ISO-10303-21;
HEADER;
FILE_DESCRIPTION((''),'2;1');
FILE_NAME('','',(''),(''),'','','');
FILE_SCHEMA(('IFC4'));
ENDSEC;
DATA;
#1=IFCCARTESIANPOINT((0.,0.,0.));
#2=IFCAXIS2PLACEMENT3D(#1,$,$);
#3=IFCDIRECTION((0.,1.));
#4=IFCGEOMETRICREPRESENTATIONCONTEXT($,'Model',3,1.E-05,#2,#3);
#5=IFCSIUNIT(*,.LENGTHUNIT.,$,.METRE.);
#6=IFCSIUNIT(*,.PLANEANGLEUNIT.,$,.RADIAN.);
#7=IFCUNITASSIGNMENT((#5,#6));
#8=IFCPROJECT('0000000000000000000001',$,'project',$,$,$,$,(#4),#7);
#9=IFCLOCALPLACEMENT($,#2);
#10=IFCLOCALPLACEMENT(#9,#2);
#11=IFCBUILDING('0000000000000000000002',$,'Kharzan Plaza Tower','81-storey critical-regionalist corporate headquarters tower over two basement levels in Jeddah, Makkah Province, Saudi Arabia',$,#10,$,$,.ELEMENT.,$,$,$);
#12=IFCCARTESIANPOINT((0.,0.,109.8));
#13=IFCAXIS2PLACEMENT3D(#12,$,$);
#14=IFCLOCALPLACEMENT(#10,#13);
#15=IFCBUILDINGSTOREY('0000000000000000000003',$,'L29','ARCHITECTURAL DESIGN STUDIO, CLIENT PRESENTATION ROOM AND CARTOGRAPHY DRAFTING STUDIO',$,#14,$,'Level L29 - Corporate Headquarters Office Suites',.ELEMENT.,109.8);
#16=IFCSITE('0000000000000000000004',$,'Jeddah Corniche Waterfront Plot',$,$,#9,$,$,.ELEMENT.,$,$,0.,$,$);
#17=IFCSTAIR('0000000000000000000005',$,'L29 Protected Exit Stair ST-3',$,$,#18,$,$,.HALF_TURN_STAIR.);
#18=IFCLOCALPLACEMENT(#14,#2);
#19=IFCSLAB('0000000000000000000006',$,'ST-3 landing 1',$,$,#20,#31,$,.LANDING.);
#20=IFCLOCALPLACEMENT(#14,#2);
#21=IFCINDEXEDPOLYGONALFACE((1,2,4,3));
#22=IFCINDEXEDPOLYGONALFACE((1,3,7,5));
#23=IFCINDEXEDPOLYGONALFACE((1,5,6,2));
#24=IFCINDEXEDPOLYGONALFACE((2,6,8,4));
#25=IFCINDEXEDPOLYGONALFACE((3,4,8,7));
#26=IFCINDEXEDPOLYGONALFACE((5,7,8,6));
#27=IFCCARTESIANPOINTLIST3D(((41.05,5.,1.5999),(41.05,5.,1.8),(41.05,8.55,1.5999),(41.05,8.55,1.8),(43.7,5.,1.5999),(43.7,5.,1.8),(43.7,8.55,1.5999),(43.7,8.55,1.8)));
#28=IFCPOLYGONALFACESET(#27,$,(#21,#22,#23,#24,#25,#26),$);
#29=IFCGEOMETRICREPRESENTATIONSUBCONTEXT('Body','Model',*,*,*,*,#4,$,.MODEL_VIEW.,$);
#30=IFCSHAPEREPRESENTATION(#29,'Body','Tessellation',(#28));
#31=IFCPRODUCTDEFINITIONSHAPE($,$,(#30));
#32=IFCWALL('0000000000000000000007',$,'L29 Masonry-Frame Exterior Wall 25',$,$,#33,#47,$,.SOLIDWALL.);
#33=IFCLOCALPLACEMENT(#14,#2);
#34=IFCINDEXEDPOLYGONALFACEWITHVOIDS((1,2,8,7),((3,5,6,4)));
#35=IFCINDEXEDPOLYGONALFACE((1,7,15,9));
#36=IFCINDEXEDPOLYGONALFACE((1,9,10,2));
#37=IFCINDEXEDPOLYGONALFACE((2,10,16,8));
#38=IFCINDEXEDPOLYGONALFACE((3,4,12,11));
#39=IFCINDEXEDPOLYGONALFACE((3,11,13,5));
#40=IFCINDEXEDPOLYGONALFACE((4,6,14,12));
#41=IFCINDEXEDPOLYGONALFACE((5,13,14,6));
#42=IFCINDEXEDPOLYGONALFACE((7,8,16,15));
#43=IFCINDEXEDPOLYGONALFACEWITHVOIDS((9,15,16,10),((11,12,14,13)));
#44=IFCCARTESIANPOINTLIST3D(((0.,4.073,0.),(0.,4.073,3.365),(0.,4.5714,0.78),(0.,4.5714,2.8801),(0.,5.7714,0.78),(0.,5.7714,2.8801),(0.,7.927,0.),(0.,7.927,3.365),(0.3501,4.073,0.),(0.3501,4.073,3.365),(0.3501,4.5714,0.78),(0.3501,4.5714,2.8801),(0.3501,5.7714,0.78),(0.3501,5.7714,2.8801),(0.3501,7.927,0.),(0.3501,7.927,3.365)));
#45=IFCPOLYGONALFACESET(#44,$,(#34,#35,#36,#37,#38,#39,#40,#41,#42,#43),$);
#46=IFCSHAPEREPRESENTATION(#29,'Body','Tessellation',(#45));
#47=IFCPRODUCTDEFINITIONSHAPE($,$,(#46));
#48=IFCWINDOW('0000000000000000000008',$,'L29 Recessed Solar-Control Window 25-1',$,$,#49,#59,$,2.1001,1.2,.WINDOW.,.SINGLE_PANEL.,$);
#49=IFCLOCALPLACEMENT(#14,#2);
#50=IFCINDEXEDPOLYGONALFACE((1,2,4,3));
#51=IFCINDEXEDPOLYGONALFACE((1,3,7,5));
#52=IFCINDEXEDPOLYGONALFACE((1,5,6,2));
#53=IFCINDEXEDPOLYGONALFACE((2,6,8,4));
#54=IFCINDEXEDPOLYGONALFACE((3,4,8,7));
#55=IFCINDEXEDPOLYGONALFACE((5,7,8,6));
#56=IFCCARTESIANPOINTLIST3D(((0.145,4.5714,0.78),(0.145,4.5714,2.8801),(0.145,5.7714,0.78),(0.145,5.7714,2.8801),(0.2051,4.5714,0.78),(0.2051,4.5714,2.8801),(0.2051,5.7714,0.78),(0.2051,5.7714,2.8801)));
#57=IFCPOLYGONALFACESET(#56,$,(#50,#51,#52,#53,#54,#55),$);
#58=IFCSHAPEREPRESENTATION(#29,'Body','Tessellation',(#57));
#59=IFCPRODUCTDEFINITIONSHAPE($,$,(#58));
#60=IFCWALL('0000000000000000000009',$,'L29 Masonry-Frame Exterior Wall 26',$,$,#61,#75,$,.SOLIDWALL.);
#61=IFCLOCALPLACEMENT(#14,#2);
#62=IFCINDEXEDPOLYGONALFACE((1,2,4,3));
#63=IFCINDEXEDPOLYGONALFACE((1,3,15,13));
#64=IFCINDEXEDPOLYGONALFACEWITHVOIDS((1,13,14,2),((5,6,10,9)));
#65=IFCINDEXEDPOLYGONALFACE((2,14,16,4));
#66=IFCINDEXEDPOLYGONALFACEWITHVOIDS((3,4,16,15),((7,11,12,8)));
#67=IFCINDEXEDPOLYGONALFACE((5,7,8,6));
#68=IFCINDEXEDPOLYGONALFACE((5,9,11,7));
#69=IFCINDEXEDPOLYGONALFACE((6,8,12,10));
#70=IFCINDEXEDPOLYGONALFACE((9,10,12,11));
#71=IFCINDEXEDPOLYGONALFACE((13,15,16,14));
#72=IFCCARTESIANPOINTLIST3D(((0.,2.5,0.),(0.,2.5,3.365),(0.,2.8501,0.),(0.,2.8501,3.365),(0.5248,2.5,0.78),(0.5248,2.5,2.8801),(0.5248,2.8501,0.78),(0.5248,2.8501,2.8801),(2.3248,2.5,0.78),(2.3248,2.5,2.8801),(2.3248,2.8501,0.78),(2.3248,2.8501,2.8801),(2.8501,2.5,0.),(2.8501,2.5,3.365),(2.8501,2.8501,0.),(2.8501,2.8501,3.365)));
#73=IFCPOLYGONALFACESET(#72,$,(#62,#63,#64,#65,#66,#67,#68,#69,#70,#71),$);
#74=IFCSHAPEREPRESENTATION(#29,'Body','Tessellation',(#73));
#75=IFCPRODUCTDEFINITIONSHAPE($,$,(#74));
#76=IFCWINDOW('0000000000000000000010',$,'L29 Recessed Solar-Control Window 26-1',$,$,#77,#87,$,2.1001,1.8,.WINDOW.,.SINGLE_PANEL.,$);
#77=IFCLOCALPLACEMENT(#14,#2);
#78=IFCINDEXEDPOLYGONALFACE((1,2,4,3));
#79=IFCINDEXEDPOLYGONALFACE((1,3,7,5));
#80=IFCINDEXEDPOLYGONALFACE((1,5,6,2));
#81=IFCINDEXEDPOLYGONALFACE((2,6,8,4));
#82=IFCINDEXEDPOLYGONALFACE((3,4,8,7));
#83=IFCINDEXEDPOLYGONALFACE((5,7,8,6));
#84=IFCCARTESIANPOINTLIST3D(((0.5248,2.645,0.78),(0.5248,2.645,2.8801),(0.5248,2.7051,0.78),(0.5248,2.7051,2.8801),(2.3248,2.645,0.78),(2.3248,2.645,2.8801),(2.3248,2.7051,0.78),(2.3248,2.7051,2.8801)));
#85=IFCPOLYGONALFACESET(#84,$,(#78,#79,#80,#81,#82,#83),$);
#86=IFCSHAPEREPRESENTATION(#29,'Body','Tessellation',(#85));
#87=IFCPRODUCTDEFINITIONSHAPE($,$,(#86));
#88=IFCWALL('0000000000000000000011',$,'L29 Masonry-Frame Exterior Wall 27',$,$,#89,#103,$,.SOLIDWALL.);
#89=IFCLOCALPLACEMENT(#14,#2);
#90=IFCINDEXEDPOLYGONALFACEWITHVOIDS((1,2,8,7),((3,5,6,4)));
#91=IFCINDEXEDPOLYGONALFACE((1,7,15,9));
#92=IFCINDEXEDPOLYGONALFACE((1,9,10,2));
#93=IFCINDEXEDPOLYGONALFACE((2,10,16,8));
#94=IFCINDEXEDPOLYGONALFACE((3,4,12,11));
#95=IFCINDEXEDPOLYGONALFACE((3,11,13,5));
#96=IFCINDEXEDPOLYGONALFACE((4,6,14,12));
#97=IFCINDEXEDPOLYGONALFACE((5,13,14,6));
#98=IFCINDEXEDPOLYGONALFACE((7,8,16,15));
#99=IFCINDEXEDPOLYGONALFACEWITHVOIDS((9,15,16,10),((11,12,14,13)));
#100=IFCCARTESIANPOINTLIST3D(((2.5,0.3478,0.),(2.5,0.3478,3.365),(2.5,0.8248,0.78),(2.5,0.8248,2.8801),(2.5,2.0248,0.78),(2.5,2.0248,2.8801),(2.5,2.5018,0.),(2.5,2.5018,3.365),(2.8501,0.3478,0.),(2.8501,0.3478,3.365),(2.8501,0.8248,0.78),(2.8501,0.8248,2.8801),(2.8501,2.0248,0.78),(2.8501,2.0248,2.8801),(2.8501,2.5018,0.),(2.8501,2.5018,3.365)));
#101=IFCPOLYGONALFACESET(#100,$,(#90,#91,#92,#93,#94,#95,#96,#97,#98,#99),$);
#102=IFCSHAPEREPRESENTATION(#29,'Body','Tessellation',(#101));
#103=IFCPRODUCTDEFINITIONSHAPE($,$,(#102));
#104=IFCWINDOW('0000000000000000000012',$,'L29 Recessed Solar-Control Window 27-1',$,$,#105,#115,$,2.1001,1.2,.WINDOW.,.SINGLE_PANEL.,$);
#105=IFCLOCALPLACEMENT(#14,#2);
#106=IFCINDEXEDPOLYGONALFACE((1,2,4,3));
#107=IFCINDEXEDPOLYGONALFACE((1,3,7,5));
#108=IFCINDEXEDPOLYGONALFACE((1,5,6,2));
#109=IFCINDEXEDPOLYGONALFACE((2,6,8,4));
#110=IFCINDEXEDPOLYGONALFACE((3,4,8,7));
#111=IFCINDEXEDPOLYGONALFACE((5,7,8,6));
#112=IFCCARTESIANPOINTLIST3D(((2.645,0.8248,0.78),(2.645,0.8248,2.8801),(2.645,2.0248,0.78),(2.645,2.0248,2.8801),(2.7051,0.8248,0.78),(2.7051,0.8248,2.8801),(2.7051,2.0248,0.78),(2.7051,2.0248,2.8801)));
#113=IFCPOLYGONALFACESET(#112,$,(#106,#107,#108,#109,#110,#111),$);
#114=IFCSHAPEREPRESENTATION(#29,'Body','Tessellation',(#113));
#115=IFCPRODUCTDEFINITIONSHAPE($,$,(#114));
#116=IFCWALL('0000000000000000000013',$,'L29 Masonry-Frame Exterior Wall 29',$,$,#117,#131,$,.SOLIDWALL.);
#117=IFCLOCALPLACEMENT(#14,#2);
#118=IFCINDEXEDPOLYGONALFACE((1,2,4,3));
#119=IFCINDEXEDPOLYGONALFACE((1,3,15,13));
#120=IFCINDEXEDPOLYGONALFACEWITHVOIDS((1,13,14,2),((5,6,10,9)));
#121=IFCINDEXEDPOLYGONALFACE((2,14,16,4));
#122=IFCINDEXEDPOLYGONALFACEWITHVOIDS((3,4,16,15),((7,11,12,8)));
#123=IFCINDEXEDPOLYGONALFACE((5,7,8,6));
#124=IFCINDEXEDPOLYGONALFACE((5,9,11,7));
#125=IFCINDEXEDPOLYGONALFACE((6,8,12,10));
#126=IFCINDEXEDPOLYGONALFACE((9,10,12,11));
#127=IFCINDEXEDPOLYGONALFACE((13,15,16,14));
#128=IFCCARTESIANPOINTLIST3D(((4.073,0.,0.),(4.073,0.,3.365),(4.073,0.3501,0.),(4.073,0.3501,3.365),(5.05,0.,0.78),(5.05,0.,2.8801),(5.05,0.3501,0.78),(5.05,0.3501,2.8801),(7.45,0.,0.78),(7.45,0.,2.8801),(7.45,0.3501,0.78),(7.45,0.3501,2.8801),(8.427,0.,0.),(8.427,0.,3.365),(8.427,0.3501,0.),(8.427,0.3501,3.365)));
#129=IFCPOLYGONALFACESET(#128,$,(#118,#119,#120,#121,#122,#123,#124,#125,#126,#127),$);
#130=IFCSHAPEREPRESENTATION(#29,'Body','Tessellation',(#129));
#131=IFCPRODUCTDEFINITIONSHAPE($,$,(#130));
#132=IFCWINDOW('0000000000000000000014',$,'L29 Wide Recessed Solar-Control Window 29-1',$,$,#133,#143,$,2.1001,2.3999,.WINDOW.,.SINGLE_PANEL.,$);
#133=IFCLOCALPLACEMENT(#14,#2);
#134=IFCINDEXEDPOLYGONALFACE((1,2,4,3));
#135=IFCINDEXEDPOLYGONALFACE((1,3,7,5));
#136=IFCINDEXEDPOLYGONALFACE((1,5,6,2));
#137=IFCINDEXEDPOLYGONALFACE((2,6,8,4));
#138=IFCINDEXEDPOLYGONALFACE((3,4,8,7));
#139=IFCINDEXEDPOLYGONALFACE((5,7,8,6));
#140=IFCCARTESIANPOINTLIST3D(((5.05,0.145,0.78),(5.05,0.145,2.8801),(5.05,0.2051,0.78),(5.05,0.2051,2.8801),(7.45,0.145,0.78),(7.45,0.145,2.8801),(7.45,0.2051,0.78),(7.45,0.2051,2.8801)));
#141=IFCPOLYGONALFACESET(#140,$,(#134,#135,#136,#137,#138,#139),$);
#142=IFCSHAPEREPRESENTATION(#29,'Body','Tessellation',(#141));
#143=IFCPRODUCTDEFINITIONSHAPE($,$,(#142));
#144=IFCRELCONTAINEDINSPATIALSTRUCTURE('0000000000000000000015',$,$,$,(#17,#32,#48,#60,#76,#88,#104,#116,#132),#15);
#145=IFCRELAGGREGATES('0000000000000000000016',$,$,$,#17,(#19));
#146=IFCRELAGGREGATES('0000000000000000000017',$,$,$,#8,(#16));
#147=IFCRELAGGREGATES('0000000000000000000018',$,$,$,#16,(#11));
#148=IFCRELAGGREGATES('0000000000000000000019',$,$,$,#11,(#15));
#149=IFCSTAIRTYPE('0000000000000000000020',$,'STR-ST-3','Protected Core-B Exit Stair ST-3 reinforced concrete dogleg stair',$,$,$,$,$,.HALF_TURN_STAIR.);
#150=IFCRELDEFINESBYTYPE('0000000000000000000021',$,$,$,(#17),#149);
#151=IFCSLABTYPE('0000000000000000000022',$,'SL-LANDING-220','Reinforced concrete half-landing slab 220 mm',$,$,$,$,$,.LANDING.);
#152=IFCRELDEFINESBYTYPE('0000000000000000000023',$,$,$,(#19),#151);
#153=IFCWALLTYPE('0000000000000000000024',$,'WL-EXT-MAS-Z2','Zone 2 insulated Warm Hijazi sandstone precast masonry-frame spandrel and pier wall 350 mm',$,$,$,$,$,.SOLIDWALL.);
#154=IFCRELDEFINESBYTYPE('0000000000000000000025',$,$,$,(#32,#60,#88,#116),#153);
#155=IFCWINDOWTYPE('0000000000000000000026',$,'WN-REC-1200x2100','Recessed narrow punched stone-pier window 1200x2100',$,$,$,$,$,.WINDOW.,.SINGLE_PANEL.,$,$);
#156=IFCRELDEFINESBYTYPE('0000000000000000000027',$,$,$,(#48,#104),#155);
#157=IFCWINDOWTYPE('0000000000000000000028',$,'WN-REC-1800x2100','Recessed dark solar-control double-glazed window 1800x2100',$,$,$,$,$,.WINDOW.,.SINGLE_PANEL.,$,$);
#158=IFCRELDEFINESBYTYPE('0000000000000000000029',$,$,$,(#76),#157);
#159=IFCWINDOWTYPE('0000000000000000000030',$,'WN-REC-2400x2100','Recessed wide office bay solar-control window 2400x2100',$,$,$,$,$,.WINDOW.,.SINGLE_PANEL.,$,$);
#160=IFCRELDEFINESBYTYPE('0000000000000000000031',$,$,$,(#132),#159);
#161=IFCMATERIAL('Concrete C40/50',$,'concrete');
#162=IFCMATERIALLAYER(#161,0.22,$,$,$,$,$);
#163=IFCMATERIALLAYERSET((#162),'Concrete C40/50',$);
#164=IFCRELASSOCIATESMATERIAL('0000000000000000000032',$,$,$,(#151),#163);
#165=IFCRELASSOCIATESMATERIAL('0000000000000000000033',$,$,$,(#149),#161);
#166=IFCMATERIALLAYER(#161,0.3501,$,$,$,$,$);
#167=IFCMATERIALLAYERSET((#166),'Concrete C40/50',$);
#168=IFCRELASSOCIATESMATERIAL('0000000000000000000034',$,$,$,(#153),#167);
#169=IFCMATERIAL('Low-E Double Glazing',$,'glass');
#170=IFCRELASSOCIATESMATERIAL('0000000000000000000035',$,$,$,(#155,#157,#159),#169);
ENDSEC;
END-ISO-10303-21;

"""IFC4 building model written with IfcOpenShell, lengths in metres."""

from ifc_helpers import new_model, si_unit, direction, frame, frame_2d, origin, place, context, subcontext, project, spatial, polyline, rectangle, outline, extrude, source, transform, mapped, material, layer, layer_set, type_object, element, fill, aggregate, save


model = new_model("IFC4")

# Units and contexts
model_context = context("Model", 3, precision=1e-05, world=origin(), true_north=direction((0.0, 1.0)))
body_context = subcontext(model_context, "Body", "Model", "MODEL_VIEW")
ifc_project = project(units=[si_unit("LENGTHUNIT", "METRE"), si_unit("PLANEANGLEUNIT", "RADIAN")], contexts=[model_context])

# Site, building, storey
site_placement = place(None, origin())
site = spatial("IfcSite", under=ifc_project, at=site_placement, Name="Jeddah Corniche Waterfront Plot", CompositionType="ELEMENT", RefElevation=0.0)
building_placement = place(site_placement, origin())
building = spatial("IfcBuilding", under=site, at=building_placement, Name="Kharzan Plaza Tower", Description="81-storey critical-regionalist corporate headquarters tower over two basement levels in Jeddah, Makkah Province, Saudi Arabia", CompositionType="ELEMENT")
storey_placement = place(building_placement, frame((0.0, 0.0, 109.8)))
storey = spatial("IfcBuildingStorey", under=building, at=storey_placement, Name="L29", Description="ARCHITECTURAL DESIGN STUDIO, CLIENT PRESENTATION ROOM AND CARTOGRAPHY DRAFTING STUDIO", LongName="Level L29 - Corporate Headquarters Office Suites", CompositionType="ELEMENT", Elevation=109.8)

# Shared definitions
ifc_material_1 = material(Name="Concrete C40/50", Category="concrete")

# Stair, slab
ifc_layer_1 = layer(ifc_material_1, 0.22)
ifc_layer_set_1 = layer_set([ifc_layer_1], Name="Concrete C40/50")
slab_type_1 = type_object("IfcSlabType", Name="SL-LANDING-220", Description="Reinforced concrete half-landing slab 220 mm", PredefinedType="LANDING", material=ifc_layer_set_1)
stair_type_1 = type_object("IfcStairType", Name="STR-ST-3", Description="Protected Core-B Exit Stair ST-3 reinforced concrete dogleg stair", PredefinedType="HALF_TURN_STAIR", material=ifc_material_1)
stair_1_placement = place(storey_placement, origin())
stair_1 = element("IfcStair", 1, at=stair_1_placement, inside=storey, type_object=stair_type_1, Name="L29 Protected Exit Stair ST-3", PredefinedType="HALF_TURN_STAIR")
slab_1_placement = place(storey_placement, frame((0.0, 0.0, 1.5999)))
slab_1 = element("IfcSlab", 2, at=slab_1_placement, type_object=slab_type_1, Name="ST-3 landing 1", PredefinedType="LANDING", context=body_context, shape_type="SweptSolid", body=[
    extrude(outline(polyline([(41.05, 5.0), (43.7, 5.0), (43.7, 8.55), (41.05, 8.55), (41.05, 5.0)])), origin(), (0.0, 0.0, 1.0), 0.2002),
])
aggregate(stair_1, [slab_1])

# Walls, openings, windows
ifc_layer_2 = layer(ifc_material_1, 0.3501)
ifc_layer_set_2 = layer_set([ifc_layer_2], Name="Concrete C40/50")
wall_type_1 = type_object("IfcWallType", Name="WL-EXT-MAS-Z2", Description="Zone 2 insulated Warm Hijazi sandstone precast masonry-frame spandrel and pier wall 350 mm", PredefinedType="SOLIDWALL", material=ifc_layer_set_2)
wall_1_placement = place(storey_placement, frame((0.175, 7.927, 0.0), z_axis=(0.0, 0.0, 1.0), x_axis=(0.0, -1.0, 0.0)))
wall_1 = element("IfcWall", 3, at=wall_1_placement, inside=storey, type_object=wall_type_1, Name="L29 Masonry-Frame Exterior Wall 25", PredefinedType="SOLIDWALL", context=body_context, shape_type="SweptSolid", body=[
    extrude(rectangle(XDim=3.854, YDim=0.3501, at=frame_2d((1.927, 0.0))), origin(), (0.0, 0.0, 1.0), 3.365),
])
opening_1_placement = place(wall_1_placement, frame((2.1555, 0.0, 0.78)))
opening_1 = element("IfcOpeningElement", 4, at=opening_1_placement, cuts=wall_1, PredefinedType="OPENING", context=body_context, shape_type="SweptSolid", body=[
    extrude(rectangle(XDim=1.2, YDim=2.1001, at=frame_2d((0.6001, 1.05))), frame((0.0, 0.1851, 0.0), z_axis=(0.0, -1.0, 0.0), x_axis=(1.0, 0.0, 0.0)), (0.0, 0.0, 1.0), 0.3701),
])
ifc_material_2 = material(Name="Low-E Double Glazing", Category="glass")
window_type_1 = type_object("IfcWindowType", Name="WN-REC-1200x2100", Description="Recessed narrow punched stone-pier window 1200x2100", PartitioningType="SINGLE_PANEL", PredefinedType="WINDOW", material=ifc_material_2)
shared_shape_1 = source(origin(), body_context, "Body", "SweptSolid", [
    extrude(rectangle(XDim=1.2, YDim=2.1001, at=frame_2d((0.6001, 1.05))), frame((0.0, 0.03, 0.0), z_axis=(0.0, -1.0, 0.0), x_axis=(1.0, 0.0, 0.0)), (0.0, 0.0, 1.0), 0.0601),
])
window_1_placement = place(opening_1_placement, origin())
window_1 = element("IfcWindow", 5, at=window_1_placement, inside=storey, type_object=window_type_1, Name="L29 Recessed Solar-Control Window 25-1", OverallHeight=2.1001, OverallWidth=1.2, PartitioningType="SINGLE_PANEL", PredefinedType="WINDOW", context=body_context, shape_type="MappedRepresentation", body=[
    mapped(shared_shape_1, transform((0.0, 0.0, 0.0), x_axis=(1.0, 0.0, 0.0), y_axis=(0.0, 1.0, 0.0), z_axis=(0.0, 0.0, 1.0))),
])
fill(opening_1, window_1)
wall_2_placement = place(storey_placement, frame((0.0, 2.675, 0.0), z_axis=(0.0, 0.0, 1.0), x_axis=(1.0, 0.0, 0.0)))
wall_2 = element("IfcWall", 6, at=wall_2_placement, inside=storey, type_object=wall_type_1, Name="L29 Masonry-Frame Exterior Wall 26", PredefinedType="SOLIDWALL", context=body_context, shape_type="SweptSolid", body=[
    extrude(rectangle(XDim=2.8501, YDim=0.3501, at=frame_2d((1.425, 0.0))), origin(), (0.0, 0.0, 1.0), 3.365),
])
opening_2_placement = place(wall_2_placement, frame((0.5249, 0.0, 0.78)))
opening_2 = element("IfcOpeningElement", 7, at=opening_2_placement, cuts=wall_2, PredefinedType="OPENING", context=body_context, shape_type="SweptSolid", body=[
    extrude(rectangle(XDim=1.8, YDim=2.1001, at=frame_2d((0.8999, 1.05))), frame((0.0, 0.1851, 0.0), z_axis=(0.0, -1.0, 0.0), x_axis=(1.0, 0.0, 0.0)), (0.0, 0.0, 1.0), 0.3701),
])
window_type_2 = type_object("IfcWindowType", Name="WN-REC-1800x2100", Description="Recessed dark solar-control double-glazed window 1800x2100", PartitioningType="SINGLE_PANEL", PredefinedType="WINDOW", material=ifc_material_2)
shared_shape_2 = source(origin(), body_context, "Body", "SweptSolid", [
    extrude(rectangle(XDim=1.8, YDim=2.1001, at=frame_2d((0.8999, 1.05))), frame((0.0, 0.03, 0.0), z_axis=(0.0, -1.0, 0.0), x_axis=(1.0, 0.0, 0.0)), (0.0, 0.0, 1.0), 0.0601),
])
window_2_placement = place(opening_2_placement, origin())
window_2 = element("IfcWindow", 8, at=window_2_placement, inside=storey, type_object=window_type_2, Name="L29 Recessed Solar-Control Window 26-1", OverallHeight=2.1001, OverallWidth=1.8, PartitioningType="SINGLE_PANEL", PredefinedType="WINDOW", context=body_context, shape_type="MappedRepresentation", body=[
    mapped(shared_shape_2, transform((0.0, 0.0, 0.0), x_axis=(1.0, 0.0, 0.0), y_axis=(0.0, 1.0, 0.0), z_axis=(0.0, 0.0, 1.0))),
])
fill(opening_2, window_2)
wall_3_placement = place(storey_placement, frame((2.675, 2.502, 0.0), z_axis=(0.0, 0.0, 1.0), x_axis=(0.0, -1.0, 0.0)))
wall_3 = element("IfcWall", 9, at=wall_3_placement, inside=storey, type_object=wall_type_1, Name="L29 Masonry-Frame Exterior Wall 27", PredefinedType="SOLIDWALL", context=body_context, shape_type="SweptSolid", body=[
    extrude(rectangle(XDim=2.1541, YDim=0.3501, at=frame_2d((1.0771, 0.0))), origin(), (0.0, 0.0, 1.0), 3.365),
])
opening_3_placement = place(wall_3_placement, frame((0.4771, 0.0, 0.78)))
opening_3 = element("IfcOpeningElement", 10, at=opening_3_placement, cuts=wall_3, PredefinedType="OPENING", context=body_context, shape_type="SweptSolid", body=[
    extrude(rectangle(XDim=1.2, YDim=2.1001, at=frame_2d((0.6001, 1.05))), frame((0.0, 0.1851, 0.0), z_axis=(0.0, -1.0, 0.0), x_axis=(1.0, 0.0, 0.0)), (0.0, 0.0, 1.0), 0.3701),
])
window_3_placement = place(opening_3_placement, origin())
window_3 = element("IfcWindow", 11, at=window_3_placement, inside=storey, type_object=window_type_1, Name="L29 Recessed Solar-Control Window 27-1", OverallHeight=2.1001, OverallWidth=1.2, PartitioningType="SINGLE_PANEL", PredefinedType="WINDOW", context=body_context, shape_type="MappedRepresentation", body=[
    mapped(shared_shape_1, transform((0.0, 0.0, 0.0), x_axis=(1.0, 0.0, 0.0), y_axis=(0.0, 1.0, 0.0), z_axis=(0.0, 0.0, 1.0))),
])
fill(opening_3, window_3)
wall_4_placement = place(storey_placement, frame((4.073, 0.175, 0.0), z_axis=(0.0, 0.0, 1.0), x_axis=(1.0, 0.0, 0.0)))
wall_4 = element("IfcWall", 12, at=wall_4_placement, inside=storey, type_object=wall_type_1, Name="L29 Masonry-Frame Exterior Wall 29", PredefinedType="SOLIDWALL", context=body_context, shape_type="SweptSolid", body=[
    extrude(rectangle(XDim=4.354, YDim=0.3501, at=frame_2d((2.177, 0.0))), origin(), (0.0, 0.0, 1.0), 3.365),
])
opening_4_placement = place(wall_4_placement, frame((0.9771, 0.0, 0.78)))
opening_4 = element("IfcOpeningElement", 13, at=opening_4_placement, cuts=wall_4, PredefinedType="OPENING", context=body_context, shape_type="SweptSolid", body=[
    extrude(rectangle(XDim=2.3999, YDim=2.1001, at=frame_2d((1.2, 1.05))), frame((0.0, 0.1851, 0.0), z_axis=(0.0, -1.0, 0.0), x_axis=(1.0, 0.0, 0.0)), (0.0, 0.0, 1.0), 0.3701),
])
window_type_3 = type_object("IfcWindowType", Name="WN-REC-2400x2100", Description="Recessed wide office bay solar-control window 2400x2100", PartitioningType="SINGLE_PANEL", PredefinedType="WINDOW", material=ifc_material_2)
shared_shape_3 = source(origin(), body_context, "Body", "SweptSolid", [
    extrude(rectangle(XDim=2.3999, YDim=2.1001, at=frame_2d((1.2, 1.05))), frame((0.0, 0.03, 0.0), z_axis=(0.0, -1.0, 0.0), x_axis=(1.0, 0.0, 0.0)), (0.0, 0.0, 1.0), 0.0601),
])
window_4_placement = place(opening_4_placement, origin())
window_4 = element("IfcWindow", 14, at=window_4_placement, inside=storey, type_object=window_type_3, Name="L29 Wide Recessed Solar-Control Window 29-1", OverallHeight=2.1001, OverallWidth=2.3999, PartitioningType="SINGLE_PANEL", PredefinedType="WINDOW", context=body_context, shape_type="MappedRepresentation", body=[
    mapped(shared_shape_3, transform((0.0, 0.0, 0.0), x_axis=(1.0, 0.0, 0.0), y_axis=(0.0, 1.0, 0.0), z_axis=(0.0, 0.0, 1.0))),
])
fill(opening_4, window_4)

save(model, "model.ifc")
